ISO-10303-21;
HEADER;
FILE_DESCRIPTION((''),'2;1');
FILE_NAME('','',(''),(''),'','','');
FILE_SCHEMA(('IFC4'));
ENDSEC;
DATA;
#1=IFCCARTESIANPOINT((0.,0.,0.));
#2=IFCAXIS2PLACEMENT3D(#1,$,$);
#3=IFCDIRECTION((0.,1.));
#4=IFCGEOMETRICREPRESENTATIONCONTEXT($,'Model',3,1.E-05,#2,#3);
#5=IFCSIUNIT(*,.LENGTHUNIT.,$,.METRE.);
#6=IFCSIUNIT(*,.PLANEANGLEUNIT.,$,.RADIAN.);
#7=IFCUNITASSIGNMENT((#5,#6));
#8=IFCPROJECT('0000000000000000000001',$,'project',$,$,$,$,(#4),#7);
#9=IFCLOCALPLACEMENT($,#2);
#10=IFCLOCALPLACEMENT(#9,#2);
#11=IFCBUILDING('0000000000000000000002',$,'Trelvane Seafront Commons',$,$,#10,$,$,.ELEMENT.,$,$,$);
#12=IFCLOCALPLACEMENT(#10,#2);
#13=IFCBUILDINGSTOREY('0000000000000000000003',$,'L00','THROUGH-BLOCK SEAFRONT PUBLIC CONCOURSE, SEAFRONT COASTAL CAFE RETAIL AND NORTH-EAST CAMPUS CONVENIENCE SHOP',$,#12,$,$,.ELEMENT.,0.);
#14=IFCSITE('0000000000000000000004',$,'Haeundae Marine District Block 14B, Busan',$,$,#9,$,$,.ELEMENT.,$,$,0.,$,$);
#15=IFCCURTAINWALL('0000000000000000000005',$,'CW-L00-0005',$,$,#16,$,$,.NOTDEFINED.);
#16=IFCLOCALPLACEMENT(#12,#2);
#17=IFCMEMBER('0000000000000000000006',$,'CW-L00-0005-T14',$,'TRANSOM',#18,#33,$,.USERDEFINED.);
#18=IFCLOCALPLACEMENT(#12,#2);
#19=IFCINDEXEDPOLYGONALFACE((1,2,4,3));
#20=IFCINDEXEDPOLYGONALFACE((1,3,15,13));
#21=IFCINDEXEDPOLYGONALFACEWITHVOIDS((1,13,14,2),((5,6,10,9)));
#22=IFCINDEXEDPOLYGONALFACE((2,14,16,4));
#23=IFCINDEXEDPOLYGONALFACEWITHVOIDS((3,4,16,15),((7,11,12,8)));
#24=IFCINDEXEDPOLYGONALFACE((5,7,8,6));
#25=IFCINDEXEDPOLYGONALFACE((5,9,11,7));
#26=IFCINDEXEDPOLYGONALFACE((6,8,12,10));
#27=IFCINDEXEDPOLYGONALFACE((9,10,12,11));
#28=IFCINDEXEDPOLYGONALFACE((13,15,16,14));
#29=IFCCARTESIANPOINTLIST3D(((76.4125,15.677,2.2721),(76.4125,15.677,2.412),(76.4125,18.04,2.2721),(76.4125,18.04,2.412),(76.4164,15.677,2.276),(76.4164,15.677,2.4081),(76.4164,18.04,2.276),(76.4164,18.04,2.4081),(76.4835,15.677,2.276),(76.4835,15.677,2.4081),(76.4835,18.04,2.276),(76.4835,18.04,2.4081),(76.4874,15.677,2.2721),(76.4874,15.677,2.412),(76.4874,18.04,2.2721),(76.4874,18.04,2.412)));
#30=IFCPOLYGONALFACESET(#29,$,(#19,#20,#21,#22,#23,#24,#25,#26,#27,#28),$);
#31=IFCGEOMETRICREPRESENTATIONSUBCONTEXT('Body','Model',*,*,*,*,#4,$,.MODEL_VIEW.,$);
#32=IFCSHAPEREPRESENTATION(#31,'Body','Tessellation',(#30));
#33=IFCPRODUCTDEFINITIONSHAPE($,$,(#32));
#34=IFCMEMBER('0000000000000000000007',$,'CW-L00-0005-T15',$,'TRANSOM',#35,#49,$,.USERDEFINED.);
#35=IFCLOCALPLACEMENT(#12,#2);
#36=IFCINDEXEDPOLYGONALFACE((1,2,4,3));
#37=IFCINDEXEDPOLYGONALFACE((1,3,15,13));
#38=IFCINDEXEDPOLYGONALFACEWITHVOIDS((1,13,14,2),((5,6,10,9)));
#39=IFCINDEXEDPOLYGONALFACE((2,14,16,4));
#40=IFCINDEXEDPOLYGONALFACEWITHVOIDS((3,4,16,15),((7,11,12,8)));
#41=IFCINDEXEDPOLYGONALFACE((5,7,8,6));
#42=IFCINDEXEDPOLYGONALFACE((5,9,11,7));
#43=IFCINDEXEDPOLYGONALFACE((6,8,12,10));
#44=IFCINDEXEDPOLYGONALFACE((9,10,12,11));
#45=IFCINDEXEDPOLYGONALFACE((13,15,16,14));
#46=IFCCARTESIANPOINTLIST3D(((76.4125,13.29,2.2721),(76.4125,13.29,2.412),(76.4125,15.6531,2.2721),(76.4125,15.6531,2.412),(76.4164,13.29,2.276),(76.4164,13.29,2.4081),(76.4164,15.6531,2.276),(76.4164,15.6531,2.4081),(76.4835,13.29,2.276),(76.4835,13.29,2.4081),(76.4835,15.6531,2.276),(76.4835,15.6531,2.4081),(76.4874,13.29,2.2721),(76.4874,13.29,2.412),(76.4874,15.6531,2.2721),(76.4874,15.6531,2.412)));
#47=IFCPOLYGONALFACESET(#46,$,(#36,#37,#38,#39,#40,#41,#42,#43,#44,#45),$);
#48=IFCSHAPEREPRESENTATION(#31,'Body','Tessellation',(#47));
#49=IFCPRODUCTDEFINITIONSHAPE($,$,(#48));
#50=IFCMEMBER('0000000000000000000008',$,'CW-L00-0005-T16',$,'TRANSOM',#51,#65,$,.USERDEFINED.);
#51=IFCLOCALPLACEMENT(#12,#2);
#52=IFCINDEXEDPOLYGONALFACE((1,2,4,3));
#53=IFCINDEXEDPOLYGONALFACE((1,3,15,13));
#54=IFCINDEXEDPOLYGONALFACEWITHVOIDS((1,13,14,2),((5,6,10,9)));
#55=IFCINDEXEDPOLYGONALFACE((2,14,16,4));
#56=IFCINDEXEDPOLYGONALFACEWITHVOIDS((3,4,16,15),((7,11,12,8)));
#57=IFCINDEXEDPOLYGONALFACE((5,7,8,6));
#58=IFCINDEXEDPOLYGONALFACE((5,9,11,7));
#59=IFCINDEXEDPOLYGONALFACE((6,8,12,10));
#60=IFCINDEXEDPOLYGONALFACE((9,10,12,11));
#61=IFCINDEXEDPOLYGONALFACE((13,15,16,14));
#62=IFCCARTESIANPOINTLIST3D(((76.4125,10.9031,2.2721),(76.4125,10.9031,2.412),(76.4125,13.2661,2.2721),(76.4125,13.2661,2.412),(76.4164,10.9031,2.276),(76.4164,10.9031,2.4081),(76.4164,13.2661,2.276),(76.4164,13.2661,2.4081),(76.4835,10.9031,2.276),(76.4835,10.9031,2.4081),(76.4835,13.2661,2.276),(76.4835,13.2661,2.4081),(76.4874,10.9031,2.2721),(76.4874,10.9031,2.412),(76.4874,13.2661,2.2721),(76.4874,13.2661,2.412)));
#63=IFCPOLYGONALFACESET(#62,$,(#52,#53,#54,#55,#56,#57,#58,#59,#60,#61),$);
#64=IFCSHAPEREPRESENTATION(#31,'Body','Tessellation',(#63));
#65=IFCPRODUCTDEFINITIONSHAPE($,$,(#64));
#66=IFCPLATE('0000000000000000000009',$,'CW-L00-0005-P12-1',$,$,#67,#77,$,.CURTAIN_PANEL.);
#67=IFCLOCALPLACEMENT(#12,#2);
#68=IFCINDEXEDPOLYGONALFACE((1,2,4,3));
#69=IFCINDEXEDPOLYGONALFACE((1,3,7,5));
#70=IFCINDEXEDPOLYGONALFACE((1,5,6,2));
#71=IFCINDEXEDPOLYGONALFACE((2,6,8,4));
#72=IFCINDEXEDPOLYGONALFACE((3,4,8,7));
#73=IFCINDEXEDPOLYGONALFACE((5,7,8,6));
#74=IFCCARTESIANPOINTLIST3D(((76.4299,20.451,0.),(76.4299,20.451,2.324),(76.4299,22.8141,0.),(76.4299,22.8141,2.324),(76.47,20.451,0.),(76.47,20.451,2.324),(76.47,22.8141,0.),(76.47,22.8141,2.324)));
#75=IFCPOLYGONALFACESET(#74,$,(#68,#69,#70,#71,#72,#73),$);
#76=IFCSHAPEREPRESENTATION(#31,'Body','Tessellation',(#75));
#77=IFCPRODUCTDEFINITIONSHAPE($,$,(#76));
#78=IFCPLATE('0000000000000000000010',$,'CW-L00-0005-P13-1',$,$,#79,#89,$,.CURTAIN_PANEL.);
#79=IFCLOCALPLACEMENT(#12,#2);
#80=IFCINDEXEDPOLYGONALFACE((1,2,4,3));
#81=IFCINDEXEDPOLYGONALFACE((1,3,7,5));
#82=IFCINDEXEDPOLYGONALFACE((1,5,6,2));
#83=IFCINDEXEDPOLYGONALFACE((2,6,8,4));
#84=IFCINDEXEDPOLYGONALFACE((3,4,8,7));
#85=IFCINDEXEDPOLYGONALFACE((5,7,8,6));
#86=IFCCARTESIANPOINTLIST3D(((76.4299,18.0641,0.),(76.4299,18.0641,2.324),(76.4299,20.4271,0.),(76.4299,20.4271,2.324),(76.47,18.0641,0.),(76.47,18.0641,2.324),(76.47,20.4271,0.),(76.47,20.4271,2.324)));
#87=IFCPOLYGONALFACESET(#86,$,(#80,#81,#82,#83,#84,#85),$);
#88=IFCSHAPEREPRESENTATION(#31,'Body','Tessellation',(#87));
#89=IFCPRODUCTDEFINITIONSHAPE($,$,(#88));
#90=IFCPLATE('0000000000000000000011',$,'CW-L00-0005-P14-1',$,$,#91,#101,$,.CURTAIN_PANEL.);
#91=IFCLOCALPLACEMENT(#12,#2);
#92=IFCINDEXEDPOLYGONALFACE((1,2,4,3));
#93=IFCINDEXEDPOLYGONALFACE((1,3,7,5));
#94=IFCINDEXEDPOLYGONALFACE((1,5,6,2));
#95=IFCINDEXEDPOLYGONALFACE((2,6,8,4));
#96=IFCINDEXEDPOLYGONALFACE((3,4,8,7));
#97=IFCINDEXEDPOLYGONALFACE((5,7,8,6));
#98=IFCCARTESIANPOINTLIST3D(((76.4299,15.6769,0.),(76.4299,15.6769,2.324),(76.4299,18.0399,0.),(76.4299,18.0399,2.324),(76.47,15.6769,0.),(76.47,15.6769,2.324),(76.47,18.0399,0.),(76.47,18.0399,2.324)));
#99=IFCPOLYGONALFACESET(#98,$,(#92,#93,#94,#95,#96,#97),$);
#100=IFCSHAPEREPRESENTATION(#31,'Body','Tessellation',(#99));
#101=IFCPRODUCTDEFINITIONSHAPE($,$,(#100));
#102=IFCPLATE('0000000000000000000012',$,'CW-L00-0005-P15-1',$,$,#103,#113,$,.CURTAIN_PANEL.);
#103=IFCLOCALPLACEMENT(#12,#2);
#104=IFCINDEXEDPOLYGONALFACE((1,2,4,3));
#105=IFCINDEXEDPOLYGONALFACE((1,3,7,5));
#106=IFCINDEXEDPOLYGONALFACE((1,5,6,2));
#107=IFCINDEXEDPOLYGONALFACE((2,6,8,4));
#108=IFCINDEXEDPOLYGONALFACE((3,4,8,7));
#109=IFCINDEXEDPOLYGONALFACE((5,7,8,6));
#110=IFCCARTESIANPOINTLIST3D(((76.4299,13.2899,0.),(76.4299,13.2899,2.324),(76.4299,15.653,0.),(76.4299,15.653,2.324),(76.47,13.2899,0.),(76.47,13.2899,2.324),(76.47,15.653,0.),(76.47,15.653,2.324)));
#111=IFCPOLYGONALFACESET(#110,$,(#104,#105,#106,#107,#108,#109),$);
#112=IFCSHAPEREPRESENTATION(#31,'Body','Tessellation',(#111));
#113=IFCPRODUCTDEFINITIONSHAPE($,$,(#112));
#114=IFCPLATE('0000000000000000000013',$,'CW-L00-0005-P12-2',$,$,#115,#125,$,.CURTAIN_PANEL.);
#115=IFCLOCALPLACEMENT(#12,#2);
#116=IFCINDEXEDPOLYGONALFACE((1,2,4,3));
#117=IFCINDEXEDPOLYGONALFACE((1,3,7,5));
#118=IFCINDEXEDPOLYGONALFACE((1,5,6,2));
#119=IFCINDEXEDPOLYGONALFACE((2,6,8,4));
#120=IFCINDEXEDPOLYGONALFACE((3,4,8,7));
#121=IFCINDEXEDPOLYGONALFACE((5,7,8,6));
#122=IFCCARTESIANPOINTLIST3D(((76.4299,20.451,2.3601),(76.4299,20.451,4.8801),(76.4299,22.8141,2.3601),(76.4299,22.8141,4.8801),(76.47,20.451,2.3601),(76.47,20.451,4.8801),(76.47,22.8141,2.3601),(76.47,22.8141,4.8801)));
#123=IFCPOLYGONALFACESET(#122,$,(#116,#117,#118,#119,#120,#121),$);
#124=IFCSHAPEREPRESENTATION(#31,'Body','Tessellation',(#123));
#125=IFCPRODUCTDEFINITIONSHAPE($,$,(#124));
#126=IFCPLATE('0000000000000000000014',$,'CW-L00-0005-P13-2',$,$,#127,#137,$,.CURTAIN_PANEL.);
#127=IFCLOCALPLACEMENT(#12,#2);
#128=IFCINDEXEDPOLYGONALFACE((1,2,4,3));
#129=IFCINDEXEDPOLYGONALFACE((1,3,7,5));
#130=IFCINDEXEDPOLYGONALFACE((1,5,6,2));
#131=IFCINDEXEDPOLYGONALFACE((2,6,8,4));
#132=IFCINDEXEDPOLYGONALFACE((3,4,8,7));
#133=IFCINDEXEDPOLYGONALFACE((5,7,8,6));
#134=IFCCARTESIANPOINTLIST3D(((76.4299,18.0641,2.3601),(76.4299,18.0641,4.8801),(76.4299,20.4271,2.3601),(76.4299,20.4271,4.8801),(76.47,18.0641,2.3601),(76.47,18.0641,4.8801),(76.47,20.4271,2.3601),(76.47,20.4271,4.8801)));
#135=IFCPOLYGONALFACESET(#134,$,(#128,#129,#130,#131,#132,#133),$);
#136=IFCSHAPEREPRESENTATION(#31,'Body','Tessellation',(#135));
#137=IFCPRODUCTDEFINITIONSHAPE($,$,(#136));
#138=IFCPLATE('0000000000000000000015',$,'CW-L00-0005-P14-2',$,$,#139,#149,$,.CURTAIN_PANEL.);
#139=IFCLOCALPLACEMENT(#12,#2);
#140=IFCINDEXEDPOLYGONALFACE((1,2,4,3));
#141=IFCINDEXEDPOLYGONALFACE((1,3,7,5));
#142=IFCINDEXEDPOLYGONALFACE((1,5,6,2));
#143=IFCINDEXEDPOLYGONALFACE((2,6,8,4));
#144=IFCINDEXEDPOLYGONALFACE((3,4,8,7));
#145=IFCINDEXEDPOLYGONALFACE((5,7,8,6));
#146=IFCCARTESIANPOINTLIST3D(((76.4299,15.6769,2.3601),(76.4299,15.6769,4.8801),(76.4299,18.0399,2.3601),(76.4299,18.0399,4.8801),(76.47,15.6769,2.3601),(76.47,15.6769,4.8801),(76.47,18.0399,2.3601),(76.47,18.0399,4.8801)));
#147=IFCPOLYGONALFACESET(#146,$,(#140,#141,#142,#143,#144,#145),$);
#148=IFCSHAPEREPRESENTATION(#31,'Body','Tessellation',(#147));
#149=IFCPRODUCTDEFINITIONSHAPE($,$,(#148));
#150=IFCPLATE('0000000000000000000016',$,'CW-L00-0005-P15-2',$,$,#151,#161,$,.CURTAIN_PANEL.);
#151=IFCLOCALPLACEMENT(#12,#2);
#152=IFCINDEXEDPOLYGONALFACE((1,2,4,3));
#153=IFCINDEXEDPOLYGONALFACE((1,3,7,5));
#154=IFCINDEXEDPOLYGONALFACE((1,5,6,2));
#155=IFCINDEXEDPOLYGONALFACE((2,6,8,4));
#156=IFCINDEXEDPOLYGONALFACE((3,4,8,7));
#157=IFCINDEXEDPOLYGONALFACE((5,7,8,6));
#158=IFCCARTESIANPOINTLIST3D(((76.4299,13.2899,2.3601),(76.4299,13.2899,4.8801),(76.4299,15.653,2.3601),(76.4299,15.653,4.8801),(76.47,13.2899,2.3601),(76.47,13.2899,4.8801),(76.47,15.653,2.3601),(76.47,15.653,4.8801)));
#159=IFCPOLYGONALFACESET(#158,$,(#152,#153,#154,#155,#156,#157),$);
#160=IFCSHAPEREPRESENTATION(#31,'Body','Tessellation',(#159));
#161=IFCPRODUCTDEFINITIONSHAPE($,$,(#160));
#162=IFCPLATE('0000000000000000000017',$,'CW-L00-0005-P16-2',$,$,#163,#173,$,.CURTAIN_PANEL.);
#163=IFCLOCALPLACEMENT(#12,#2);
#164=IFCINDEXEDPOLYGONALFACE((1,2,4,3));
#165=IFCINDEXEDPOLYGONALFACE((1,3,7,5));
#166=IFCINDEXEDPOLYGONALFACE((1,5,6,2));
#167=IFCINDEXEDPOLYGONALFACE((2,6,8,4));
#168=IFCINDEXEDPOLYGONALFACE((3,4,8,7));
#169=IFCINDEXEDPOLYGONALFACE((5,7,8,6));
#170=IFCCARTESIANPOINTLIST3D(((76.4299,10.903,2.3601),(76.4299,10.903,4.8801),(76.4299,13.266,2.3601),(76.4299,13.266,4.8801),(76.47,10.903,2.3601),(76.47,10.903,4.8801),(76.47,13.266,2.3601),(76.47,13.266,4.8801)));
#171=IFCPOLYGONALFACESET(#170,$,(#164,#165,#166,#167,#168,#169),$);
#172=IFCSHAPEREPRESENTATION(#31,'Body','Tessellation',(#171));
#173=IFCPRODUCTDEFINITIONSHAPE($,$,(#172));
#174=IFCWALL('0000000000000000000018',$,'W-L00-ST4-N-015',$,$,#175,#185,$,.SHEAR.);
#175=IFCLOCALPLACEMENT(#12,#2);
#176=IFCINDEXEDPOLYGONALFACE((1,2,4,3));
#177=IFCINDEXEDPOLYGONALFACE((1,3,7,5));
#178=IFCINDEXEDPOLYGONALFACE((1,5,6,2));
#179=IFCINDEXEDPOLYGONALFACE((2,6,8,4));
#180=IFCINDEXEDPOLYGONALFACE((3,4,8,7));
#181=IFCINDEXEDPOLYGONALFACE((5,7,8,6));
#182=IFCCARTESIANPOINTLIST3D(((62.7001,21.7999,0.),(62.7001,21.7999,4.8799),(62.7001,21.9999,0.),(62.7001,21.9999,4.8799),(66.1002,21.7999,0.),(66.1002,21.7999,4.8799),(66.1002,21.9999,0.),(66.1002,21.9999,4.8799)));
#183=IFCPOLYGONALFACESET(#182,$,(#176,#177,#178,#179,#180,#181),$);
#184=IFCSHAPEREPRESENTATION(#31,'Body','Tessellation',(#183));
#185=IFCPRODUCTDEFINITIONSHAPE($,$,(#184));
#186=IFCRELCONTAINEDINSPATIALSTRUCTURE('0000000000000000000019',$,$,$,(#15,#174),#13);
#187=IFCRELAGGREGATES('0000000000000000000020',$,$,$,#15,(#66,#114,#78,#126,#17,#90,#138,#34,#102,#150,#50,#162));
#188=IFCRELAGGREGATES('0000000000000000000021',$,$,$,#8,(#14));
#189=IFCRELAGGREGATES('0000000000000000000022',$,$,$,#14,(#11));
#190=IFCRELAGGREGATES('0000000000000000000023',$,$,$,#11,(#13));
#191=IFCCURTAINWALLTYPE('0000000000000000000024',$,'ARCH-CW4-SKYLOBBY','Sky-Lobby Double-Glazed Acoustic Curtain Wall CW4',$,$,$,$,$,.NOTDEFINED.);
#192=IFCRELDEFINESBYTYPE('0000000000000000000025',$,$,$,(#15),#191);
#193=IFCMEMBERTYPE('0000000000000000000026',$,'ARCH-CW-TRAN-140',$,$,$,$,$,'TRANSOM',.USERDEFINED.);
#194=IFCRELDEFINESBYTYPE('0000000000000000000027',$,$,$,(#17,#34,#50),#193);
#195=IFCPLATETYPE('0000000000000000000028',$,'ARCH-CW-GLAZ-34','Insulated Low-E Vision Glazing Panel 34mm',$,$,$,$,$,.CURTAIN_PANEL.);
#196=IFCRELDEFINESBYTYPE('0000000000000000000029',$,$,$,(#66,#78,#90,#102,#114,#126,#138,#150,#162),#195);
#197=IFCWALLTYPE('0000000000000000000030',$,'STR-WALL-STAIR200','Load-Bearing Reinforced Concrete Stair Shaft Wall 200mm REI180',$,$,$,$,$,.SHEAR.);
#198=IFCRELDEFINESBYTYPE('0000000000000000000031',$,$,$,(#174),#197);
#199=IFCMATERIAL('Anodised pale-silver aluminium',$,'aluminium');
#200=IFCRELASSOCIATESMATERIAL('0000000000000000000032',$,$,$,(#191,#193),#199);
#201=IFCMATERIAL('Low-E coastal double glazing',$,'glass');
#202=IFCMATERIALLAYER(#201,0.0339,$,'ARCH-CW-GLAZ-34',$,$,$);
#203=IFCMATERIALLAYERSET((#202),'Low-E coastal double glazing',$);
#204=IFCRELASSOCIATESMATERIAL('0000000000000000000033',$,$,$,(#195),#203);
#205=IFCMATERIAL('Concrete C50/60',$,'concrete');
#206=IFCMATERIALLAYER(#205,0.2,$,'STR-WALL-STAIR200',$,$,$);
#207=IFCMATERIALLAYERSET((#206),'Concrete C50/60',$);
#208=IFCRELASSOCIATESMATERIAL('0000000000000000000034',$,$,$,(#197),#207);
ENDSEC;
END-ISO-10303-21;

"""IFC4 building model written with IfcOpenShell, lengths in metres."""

from ifc_helpers import new_model, si_unit, direction, frame, frame_2d, origin, origin_2d, place, context, subcontext, project, spatial, rectangle, hollow_rectangle, extrude, source, transform, mapped, material, layer, layer_set, material_profile, profile_set, type_object, element, aggregate, save


model = new_model("IFC4")

# Units and contexts
model_context = context("Model", 3, precision=1e-05, world=origin(), true_north=direction((0.0, 1.0)))
body_context = subcontext(model_context, "Body", "Model", "MODEL_VIEW")
ifc_project = project(units=[si_unit("LENGTHUNIT", "METRE"), si_unit("PLANEANGLEUNIT", "RADIAN")], contexts=[model_context])

# Site, building, storey
site_placement = place(None, origin())
site = spatial("IfcSite", under=ifc_project, at=site_placement, Name="Haeundae Marine District Block 14B, Busan", CompositionType="ELEMENT", RefElevation=0.0)
building_placement = place(site_placement, origin())
building = spatial("IfcBuilding", under=site, at=building_placement, Name="Trelvane Seafront Commons", CompositionType="ELEMENT")
storey_placement = place(building_placement, origin())
storey = spatial("IfcBuildingStorey", under=building, at=storey_placement, Name="L00", Description="THROUGH-BLOCK SEAFRONT PUBLIC CONCOURSE, SEAFRONT COASTAL CAFE RETAIL AND NORTH-EAST CAMPUS CONVENIENCE SHOP", CompositionType="ELEMENT", Elevation=0.0)

# Curtain wall, members, plates
ifc_material_1 = material(Name="Anodised pale-silver aluminium", Category="aluminium")
curtain_wall_type = type_object("IfcCurtainWallType", Name="ARCH-CW4-SKYLOBBY", Description="Sky-Lobby Double-Glazed Acoustic Curtain Wall CW4", PredefinedType="NOTDEFINED", material=ifc_material_1)
curtain_wall_placement = place(storey_placement, origin())
curtain_wall = element("IfcCurtainWall", 1, at=curtain_wall_placement, inside=storey, type_object=curtain_wall_type, Name="CW-L00-0005", PredefinedType="NOTDEFINED")
ifc_material_profile_1 = material_profile(ifc_material_1, hollow_rectangle(XDim=0.075, YDim=0.1399, WallThickness=0.0039, at=origin_2d()), Name="TRAN-75x140x4")
ifc_profile_set_1 = profile_set([ifc_material_profile_1], Name="Anodised pale-silver aluminium")
member_type_1 = type_object("IfcMemberType", Name="ARCH-CW-TRAN-140", ElementType="TRANSOM", PredefinedType="USERDEFINED", material=ifc_profile_set_1)
shared_shape_1 = source(origin(), body_context, "Body", "SweptSolid", [
    extrude(hollow_rectangle(XDim=0.075, YDim=0.1399, WallThickness=0.0039, at=origin_2d()), origin(), (0.0, 0.0, 1.0), 2.363),
])
member_1_placement = place(storey_placement, frame((76.45, 18.04, 2.342), z_axis=(0.0, -1.0, 0.0), x_axis=(1.0, 0.0, 0.0)))
member_1 = element("IfcMember", 2, at=member_1_placement, type_object=member_type_1, Name="CW-L00-0005-T14", ObjectType="TRANSOM", PredefinedType="USERDEFINED", context=body_context, shape_type="MappedRepresentation", body=[
    mapped(shared_shape_1, transform((0.0, 0.0, 0.0), x_axis=(1.0, 0.0, 0.0), y_axis=(0.0, 1.0, 0.0), z_axis=(0.0, 0.0, 1.0), scale=1.0)),
])
member_2_placement = place(storey_placement, frame((76.45, 15.6531, 2.342), z_axis=(0.0, -1.0, 0.0), x_axis=(1.0, 0.0, 0.0)))
member_2 = element("IfcMember", 3, at=member_2_placement, type_object=member_type_1, Name="CW-L00-0005-T15", ObjectType="TRANSOM", PredefinedType="USERDEFINED", context=body_context, shape_type="MappedRepresentation", body=[
    mapped(shared_shape_1, transform((0.0, 0.0, 0.0), x_axis=(1.0, 0.0, 0.0), y_axis=(0.0, 1.0, 0.0), z_axis=(0.0, 0.0, 1.0), scale=1.0)),
])
member_3_placement = place(storey_placement, frame((76.45, 13.2661, 2.342), z_axis=(0.0, -1.0, 0.0), x_axis=(1.0, 0.0, 0.0)))
member_3 = element("IfcMember", 4, at=member_3_placement, type_object=member_type_1, Name="CW-L00-0005-T16", ObjectType="TRANSOM", PredefinedType="USERDEFINED", context=body_context, shape_type="MappedRepresentation", body=[
    mapped(shared_shape_1, transform((0.0, 0.0, 0.0), x_axis=(1.0, 0.0, 0.0), y_axis=(0.0, 1.0, 0.0), z_axis=(0.0, 0.0, 1.0), scale=1.0)),
])
ifc_material_2 = material(Name="Low-E coastal double glazing", Category="glass")
ifc_layer_1 = layer(ifc_material_2, 0.0339, Name="ARCH-CW-GLAZ-34")
ifc_layer_set_1 = layer_set([ifc_layer_1], Name="Low-E coastal double glazing")
plate_type = type_object("IfcPlateType", Name="ARCH-CW-GLAZ-34", Description="Insulated Low-E Vision Glazing Panel 34mm", PredefinedType="CURTAIN_PANEL", material=ifc_layer_set_1)
shared_shape_2 = source(origin(), body_context, "Body", "SweptSolid", [
    extrude(rectangle(XDim=2.363, YDim=0.04, at=origin_2d()), origin(), (0.0, 0.0, 1.0), 2.324),
])
plate_1_placement = place(storey_placement, frame((76.45, 21.6326, 0.0), z_axis=(0.0, 0.0, 1.0), x_axis=(0.0, -1.0, 0.0)))
plate_1 = element("IfcPlate", 5, at=plate_1_placement, type_object=plate_type, Name="CW-L00-0005-P12-1", PredefinedType="CURTAIN_PANEL", context=body_context, shape_type="MappedRepresentation", body=[
    mapped(shared_shape_2, transform((0.0, 0.0, 0.0), x_axis=(1.0, 0.0, 0.0), y_axis=(0.0, 1.0, 0.0), z_axis=(0.0, 0.0, 1.0), scale=1.0)),
])
plate_2_placement = place(storey_placement, frame((76.45, 19.2456, 0.0), z_axis=(0.0, 0.0, 1.0), x_axis=(0.0, -1.0, 0.0)))
plate_2 = element("IfcPlate", 6, at=plate_2_placement, type_object=plate_type, Name="CW-L00-0005-P13-1", PredefinedType="CURTAIN_PANEL", context=body_context, shape_type="MappedRepresentation", body=[
    mapped(shared_shape_2, transform((0.0, 0.0, 0.0), x_axis=(1.0, 0.0, 0.0), y_axis=(0.0, 1.0, 0.0), z_axis=(0.0, 0.0, 1.0), scale=1.0)),
])
plate_3_placement = place(storey_placement, frame((76.45, 16.8584, 0.0), z_axis=(0.0, 0.0, 1.0), x_axis=(0.0, -1.0, 0.0)))
plate_3 = element("IfcPlate", 7, at=plate_3_placement, type_object=plate_type, Name="CW-L00-0005-P14-1", PredefinedType="CURTAIN_PANEL", context=body_context, shape_type="MappedRepresentation", body=[
    mapped(shared_shape_2, transform((0.0, 0.0, 0.0), x_axis=(1.0, 0.0, 0.0), y_axis=(0.0, 1.0, 0.0), z_axis=(0.0, 0.0, 1.0), scale=1.0)),
])
plate_4_placement = place(storey_placement, frame((76.45, 14.4714, 0.0), z_axis=(0.0, 0.0, 1.0), x_axis=(0.0, -1.0, 0.0)))
plate_4 = element("IfcPlate", 8, at=plate_4_placement, type_object=plate_type, Name="CW-L00-0005-P15-1", PredefinedType="CURTAIN_PANEL", context=body_context, shape_type="MappedRepresentation", body=[
    mapped(shared_shape_2, transform((0.0, 0.0, 0.0), x_axis=(1.0, 0.0, 0.0), y_axis=(0.0, 1.0, 0.0), z_axis=(0.0, 0.0, 1.0), scale=1.0)),
])
shared_shape_3 = source(origin(), body_context, "Body", "SweptSolid", [
    extrude(rectangle(XDim=2.363, YDim=0.04, at=origin_2d()), origin(), (0.0, 0.0, 1.0), 2.52),
])
plate_5_placement = place(storey_placement, frame((76.45, 21.6326, 2.3601), z_axis=(0.0, 0.0, 1.0), x_axis=(0.0, -1.0, 0.0)))
plate_5 = element("IfcPlate", 9, at=plate_5_placement, type_object=plate_type, Name="CW-L00-0005-P12-2", PredefinedType="CURTAIN_PANEL", context=body_context, shape_type="MappedRepresentation", body=[
    mapped(shared_shape_3, transform((0.0, 0.0, 0.0), x_axis=(1.0, 0.0, 0.0), y_axis=(0.0, 1.0, 0.0), z_axis=(0.0, 0.0, 1.0), scale=1.0)),
])
plate_6_placement = place(storey_placement, frame((76.45, 19.2456, 2.3601), z_axis=(0.0, 0.0, 1.0), x_axis=(0.0, -1.0, 0.0)))
plate_6 = element("IfcPlate", 10, at=plate_6_placement, type_object=plate_type, Name="CW-L00-0005-P13-2", PredefinedType="CURTAIN_PANEL", context=body_context, shape_type="MappedRepresentation", body=[
    mapped(shared_shape_3, transform((0.0, 0.0, 0.0), x_axis=(1.0, 0.0, 0.0), y_axis=(0.0, 1.0, 0.0), z_axis=(0.0, 0.0, 1.0), scale=1.0)),
])
plate_7_placement = place(storey_placement, frame((76.45, 16.8584, 2.3601), z_axis=(0.0, 0.0, 1.0), x_axis=(0.0, -1.0, 0.0)))
plate_7 = element("IfcPlate", 11, at=plate_7_placement, type_object=plate_type, Name="CW-L00-0005-P14-2", PredefinedType="CURTAIN_PANEL", context=body_context, shape_type="MappedRepresentation", body=[
    mapped(shared_shape_3, transform((0.0, 0.0, 0.0), x_axis=(1.0, 0.0, 0.0), y_axis=(0.0, 1.0, 0.0), z_axis=(0.0, 0.0, 1.0), scale=1.0)),
])
plate_8_placement = place(storey_placement, frame((76.45, 14.4714, 2.3601), z_axis=(0.0, 0.0, 1.0), x_axis=(0.0, -1.0, 0.0)))
plate_8 = element("IfcPlate", 12, at=plate_8_placement, type_object=plate_type, Name="CW-L00-0005-P15-2", PredefinedType="CURTAIN_PANEL", context=body_context, shape_type="MappedRepresentation", body=[
    mapped(shared_shape_3, transform((0.0, 0.0, 0.0), x_axis=(1.0, 0.0, 0.0), y_axis=(0.0, 1.0, 0.0), z_axis=(0.0, 0.0, 1.0), scale=1.0)),
])
plate_9_placement = place(storey_placement, frame((76.45, 12.0845, 2.3601), z_axis=(0.0, 0.0, 1.0), x_axis=(0.0, -1.0, 0.0)))
plate_9 = element("IfcPlate", 13, at=plate_9_placement, type_object=plate_type, Name="CW-L00-0005-P16-2", PredefinedType="CURTAIN_PANEL", context=body_context, shape_type="MappedRepresentation", body=[
    mapped(shared_shape_3, transform((0.0, 0.0, 0.0), x_axis=(1.0, 0.0, 0.0), y_axis=(0.0, 1.0, 0.0), z_axis=(0.0, 0.0, 1.0), scale=1.0)),
])
aggregate(curtain_wall, [plate_1, plate_5, plate_2, plate_6, member_1, plate_3, plate_7, member_2, plate_4, plate_8, member_3, plate_9])

# Wall
ifc_material_3 = material(Name="Concrete C50/60", Category="concrete")
ifc_layer_2 = layer(ifc_material_3, 0.2, Name="STR-WALL-STAIR200")
ifc_layer_set_2 = layer_set([ifc_layer_2], Name="Concrete C50/60")
wall_type = type_object("IfcWallType", Name="STR-WALL-STAIR200", Description="Load-Bearing Reinforced Concrete Stair Shaft Wall 200mm REI180", PredefinedType="SHEAR", material=ifc_layer_set_2)
wall_placement = place(storey_placement, frame((62.7, 21.8999, 0.0), z_axis=(0.0, 0.0, 1.0), x_axis=(1.0, 0.0, 0.0)))
element("IfcWall", 14, at=wall_placement, inside=storey, type_object=wall_type, Name="W-L00-ST4-N-015", PredefinedType="SHEAR", context=body_context, shape_type="SweptSolid", body=[
    extrude(rectangle(XDim=3.4001, YDim=0.2, at=frame_2d((1.7002, 0.0))), origin(), (0.0, 0.0, 1.0), 4.8799),
])

save(model, "model.ifc")
